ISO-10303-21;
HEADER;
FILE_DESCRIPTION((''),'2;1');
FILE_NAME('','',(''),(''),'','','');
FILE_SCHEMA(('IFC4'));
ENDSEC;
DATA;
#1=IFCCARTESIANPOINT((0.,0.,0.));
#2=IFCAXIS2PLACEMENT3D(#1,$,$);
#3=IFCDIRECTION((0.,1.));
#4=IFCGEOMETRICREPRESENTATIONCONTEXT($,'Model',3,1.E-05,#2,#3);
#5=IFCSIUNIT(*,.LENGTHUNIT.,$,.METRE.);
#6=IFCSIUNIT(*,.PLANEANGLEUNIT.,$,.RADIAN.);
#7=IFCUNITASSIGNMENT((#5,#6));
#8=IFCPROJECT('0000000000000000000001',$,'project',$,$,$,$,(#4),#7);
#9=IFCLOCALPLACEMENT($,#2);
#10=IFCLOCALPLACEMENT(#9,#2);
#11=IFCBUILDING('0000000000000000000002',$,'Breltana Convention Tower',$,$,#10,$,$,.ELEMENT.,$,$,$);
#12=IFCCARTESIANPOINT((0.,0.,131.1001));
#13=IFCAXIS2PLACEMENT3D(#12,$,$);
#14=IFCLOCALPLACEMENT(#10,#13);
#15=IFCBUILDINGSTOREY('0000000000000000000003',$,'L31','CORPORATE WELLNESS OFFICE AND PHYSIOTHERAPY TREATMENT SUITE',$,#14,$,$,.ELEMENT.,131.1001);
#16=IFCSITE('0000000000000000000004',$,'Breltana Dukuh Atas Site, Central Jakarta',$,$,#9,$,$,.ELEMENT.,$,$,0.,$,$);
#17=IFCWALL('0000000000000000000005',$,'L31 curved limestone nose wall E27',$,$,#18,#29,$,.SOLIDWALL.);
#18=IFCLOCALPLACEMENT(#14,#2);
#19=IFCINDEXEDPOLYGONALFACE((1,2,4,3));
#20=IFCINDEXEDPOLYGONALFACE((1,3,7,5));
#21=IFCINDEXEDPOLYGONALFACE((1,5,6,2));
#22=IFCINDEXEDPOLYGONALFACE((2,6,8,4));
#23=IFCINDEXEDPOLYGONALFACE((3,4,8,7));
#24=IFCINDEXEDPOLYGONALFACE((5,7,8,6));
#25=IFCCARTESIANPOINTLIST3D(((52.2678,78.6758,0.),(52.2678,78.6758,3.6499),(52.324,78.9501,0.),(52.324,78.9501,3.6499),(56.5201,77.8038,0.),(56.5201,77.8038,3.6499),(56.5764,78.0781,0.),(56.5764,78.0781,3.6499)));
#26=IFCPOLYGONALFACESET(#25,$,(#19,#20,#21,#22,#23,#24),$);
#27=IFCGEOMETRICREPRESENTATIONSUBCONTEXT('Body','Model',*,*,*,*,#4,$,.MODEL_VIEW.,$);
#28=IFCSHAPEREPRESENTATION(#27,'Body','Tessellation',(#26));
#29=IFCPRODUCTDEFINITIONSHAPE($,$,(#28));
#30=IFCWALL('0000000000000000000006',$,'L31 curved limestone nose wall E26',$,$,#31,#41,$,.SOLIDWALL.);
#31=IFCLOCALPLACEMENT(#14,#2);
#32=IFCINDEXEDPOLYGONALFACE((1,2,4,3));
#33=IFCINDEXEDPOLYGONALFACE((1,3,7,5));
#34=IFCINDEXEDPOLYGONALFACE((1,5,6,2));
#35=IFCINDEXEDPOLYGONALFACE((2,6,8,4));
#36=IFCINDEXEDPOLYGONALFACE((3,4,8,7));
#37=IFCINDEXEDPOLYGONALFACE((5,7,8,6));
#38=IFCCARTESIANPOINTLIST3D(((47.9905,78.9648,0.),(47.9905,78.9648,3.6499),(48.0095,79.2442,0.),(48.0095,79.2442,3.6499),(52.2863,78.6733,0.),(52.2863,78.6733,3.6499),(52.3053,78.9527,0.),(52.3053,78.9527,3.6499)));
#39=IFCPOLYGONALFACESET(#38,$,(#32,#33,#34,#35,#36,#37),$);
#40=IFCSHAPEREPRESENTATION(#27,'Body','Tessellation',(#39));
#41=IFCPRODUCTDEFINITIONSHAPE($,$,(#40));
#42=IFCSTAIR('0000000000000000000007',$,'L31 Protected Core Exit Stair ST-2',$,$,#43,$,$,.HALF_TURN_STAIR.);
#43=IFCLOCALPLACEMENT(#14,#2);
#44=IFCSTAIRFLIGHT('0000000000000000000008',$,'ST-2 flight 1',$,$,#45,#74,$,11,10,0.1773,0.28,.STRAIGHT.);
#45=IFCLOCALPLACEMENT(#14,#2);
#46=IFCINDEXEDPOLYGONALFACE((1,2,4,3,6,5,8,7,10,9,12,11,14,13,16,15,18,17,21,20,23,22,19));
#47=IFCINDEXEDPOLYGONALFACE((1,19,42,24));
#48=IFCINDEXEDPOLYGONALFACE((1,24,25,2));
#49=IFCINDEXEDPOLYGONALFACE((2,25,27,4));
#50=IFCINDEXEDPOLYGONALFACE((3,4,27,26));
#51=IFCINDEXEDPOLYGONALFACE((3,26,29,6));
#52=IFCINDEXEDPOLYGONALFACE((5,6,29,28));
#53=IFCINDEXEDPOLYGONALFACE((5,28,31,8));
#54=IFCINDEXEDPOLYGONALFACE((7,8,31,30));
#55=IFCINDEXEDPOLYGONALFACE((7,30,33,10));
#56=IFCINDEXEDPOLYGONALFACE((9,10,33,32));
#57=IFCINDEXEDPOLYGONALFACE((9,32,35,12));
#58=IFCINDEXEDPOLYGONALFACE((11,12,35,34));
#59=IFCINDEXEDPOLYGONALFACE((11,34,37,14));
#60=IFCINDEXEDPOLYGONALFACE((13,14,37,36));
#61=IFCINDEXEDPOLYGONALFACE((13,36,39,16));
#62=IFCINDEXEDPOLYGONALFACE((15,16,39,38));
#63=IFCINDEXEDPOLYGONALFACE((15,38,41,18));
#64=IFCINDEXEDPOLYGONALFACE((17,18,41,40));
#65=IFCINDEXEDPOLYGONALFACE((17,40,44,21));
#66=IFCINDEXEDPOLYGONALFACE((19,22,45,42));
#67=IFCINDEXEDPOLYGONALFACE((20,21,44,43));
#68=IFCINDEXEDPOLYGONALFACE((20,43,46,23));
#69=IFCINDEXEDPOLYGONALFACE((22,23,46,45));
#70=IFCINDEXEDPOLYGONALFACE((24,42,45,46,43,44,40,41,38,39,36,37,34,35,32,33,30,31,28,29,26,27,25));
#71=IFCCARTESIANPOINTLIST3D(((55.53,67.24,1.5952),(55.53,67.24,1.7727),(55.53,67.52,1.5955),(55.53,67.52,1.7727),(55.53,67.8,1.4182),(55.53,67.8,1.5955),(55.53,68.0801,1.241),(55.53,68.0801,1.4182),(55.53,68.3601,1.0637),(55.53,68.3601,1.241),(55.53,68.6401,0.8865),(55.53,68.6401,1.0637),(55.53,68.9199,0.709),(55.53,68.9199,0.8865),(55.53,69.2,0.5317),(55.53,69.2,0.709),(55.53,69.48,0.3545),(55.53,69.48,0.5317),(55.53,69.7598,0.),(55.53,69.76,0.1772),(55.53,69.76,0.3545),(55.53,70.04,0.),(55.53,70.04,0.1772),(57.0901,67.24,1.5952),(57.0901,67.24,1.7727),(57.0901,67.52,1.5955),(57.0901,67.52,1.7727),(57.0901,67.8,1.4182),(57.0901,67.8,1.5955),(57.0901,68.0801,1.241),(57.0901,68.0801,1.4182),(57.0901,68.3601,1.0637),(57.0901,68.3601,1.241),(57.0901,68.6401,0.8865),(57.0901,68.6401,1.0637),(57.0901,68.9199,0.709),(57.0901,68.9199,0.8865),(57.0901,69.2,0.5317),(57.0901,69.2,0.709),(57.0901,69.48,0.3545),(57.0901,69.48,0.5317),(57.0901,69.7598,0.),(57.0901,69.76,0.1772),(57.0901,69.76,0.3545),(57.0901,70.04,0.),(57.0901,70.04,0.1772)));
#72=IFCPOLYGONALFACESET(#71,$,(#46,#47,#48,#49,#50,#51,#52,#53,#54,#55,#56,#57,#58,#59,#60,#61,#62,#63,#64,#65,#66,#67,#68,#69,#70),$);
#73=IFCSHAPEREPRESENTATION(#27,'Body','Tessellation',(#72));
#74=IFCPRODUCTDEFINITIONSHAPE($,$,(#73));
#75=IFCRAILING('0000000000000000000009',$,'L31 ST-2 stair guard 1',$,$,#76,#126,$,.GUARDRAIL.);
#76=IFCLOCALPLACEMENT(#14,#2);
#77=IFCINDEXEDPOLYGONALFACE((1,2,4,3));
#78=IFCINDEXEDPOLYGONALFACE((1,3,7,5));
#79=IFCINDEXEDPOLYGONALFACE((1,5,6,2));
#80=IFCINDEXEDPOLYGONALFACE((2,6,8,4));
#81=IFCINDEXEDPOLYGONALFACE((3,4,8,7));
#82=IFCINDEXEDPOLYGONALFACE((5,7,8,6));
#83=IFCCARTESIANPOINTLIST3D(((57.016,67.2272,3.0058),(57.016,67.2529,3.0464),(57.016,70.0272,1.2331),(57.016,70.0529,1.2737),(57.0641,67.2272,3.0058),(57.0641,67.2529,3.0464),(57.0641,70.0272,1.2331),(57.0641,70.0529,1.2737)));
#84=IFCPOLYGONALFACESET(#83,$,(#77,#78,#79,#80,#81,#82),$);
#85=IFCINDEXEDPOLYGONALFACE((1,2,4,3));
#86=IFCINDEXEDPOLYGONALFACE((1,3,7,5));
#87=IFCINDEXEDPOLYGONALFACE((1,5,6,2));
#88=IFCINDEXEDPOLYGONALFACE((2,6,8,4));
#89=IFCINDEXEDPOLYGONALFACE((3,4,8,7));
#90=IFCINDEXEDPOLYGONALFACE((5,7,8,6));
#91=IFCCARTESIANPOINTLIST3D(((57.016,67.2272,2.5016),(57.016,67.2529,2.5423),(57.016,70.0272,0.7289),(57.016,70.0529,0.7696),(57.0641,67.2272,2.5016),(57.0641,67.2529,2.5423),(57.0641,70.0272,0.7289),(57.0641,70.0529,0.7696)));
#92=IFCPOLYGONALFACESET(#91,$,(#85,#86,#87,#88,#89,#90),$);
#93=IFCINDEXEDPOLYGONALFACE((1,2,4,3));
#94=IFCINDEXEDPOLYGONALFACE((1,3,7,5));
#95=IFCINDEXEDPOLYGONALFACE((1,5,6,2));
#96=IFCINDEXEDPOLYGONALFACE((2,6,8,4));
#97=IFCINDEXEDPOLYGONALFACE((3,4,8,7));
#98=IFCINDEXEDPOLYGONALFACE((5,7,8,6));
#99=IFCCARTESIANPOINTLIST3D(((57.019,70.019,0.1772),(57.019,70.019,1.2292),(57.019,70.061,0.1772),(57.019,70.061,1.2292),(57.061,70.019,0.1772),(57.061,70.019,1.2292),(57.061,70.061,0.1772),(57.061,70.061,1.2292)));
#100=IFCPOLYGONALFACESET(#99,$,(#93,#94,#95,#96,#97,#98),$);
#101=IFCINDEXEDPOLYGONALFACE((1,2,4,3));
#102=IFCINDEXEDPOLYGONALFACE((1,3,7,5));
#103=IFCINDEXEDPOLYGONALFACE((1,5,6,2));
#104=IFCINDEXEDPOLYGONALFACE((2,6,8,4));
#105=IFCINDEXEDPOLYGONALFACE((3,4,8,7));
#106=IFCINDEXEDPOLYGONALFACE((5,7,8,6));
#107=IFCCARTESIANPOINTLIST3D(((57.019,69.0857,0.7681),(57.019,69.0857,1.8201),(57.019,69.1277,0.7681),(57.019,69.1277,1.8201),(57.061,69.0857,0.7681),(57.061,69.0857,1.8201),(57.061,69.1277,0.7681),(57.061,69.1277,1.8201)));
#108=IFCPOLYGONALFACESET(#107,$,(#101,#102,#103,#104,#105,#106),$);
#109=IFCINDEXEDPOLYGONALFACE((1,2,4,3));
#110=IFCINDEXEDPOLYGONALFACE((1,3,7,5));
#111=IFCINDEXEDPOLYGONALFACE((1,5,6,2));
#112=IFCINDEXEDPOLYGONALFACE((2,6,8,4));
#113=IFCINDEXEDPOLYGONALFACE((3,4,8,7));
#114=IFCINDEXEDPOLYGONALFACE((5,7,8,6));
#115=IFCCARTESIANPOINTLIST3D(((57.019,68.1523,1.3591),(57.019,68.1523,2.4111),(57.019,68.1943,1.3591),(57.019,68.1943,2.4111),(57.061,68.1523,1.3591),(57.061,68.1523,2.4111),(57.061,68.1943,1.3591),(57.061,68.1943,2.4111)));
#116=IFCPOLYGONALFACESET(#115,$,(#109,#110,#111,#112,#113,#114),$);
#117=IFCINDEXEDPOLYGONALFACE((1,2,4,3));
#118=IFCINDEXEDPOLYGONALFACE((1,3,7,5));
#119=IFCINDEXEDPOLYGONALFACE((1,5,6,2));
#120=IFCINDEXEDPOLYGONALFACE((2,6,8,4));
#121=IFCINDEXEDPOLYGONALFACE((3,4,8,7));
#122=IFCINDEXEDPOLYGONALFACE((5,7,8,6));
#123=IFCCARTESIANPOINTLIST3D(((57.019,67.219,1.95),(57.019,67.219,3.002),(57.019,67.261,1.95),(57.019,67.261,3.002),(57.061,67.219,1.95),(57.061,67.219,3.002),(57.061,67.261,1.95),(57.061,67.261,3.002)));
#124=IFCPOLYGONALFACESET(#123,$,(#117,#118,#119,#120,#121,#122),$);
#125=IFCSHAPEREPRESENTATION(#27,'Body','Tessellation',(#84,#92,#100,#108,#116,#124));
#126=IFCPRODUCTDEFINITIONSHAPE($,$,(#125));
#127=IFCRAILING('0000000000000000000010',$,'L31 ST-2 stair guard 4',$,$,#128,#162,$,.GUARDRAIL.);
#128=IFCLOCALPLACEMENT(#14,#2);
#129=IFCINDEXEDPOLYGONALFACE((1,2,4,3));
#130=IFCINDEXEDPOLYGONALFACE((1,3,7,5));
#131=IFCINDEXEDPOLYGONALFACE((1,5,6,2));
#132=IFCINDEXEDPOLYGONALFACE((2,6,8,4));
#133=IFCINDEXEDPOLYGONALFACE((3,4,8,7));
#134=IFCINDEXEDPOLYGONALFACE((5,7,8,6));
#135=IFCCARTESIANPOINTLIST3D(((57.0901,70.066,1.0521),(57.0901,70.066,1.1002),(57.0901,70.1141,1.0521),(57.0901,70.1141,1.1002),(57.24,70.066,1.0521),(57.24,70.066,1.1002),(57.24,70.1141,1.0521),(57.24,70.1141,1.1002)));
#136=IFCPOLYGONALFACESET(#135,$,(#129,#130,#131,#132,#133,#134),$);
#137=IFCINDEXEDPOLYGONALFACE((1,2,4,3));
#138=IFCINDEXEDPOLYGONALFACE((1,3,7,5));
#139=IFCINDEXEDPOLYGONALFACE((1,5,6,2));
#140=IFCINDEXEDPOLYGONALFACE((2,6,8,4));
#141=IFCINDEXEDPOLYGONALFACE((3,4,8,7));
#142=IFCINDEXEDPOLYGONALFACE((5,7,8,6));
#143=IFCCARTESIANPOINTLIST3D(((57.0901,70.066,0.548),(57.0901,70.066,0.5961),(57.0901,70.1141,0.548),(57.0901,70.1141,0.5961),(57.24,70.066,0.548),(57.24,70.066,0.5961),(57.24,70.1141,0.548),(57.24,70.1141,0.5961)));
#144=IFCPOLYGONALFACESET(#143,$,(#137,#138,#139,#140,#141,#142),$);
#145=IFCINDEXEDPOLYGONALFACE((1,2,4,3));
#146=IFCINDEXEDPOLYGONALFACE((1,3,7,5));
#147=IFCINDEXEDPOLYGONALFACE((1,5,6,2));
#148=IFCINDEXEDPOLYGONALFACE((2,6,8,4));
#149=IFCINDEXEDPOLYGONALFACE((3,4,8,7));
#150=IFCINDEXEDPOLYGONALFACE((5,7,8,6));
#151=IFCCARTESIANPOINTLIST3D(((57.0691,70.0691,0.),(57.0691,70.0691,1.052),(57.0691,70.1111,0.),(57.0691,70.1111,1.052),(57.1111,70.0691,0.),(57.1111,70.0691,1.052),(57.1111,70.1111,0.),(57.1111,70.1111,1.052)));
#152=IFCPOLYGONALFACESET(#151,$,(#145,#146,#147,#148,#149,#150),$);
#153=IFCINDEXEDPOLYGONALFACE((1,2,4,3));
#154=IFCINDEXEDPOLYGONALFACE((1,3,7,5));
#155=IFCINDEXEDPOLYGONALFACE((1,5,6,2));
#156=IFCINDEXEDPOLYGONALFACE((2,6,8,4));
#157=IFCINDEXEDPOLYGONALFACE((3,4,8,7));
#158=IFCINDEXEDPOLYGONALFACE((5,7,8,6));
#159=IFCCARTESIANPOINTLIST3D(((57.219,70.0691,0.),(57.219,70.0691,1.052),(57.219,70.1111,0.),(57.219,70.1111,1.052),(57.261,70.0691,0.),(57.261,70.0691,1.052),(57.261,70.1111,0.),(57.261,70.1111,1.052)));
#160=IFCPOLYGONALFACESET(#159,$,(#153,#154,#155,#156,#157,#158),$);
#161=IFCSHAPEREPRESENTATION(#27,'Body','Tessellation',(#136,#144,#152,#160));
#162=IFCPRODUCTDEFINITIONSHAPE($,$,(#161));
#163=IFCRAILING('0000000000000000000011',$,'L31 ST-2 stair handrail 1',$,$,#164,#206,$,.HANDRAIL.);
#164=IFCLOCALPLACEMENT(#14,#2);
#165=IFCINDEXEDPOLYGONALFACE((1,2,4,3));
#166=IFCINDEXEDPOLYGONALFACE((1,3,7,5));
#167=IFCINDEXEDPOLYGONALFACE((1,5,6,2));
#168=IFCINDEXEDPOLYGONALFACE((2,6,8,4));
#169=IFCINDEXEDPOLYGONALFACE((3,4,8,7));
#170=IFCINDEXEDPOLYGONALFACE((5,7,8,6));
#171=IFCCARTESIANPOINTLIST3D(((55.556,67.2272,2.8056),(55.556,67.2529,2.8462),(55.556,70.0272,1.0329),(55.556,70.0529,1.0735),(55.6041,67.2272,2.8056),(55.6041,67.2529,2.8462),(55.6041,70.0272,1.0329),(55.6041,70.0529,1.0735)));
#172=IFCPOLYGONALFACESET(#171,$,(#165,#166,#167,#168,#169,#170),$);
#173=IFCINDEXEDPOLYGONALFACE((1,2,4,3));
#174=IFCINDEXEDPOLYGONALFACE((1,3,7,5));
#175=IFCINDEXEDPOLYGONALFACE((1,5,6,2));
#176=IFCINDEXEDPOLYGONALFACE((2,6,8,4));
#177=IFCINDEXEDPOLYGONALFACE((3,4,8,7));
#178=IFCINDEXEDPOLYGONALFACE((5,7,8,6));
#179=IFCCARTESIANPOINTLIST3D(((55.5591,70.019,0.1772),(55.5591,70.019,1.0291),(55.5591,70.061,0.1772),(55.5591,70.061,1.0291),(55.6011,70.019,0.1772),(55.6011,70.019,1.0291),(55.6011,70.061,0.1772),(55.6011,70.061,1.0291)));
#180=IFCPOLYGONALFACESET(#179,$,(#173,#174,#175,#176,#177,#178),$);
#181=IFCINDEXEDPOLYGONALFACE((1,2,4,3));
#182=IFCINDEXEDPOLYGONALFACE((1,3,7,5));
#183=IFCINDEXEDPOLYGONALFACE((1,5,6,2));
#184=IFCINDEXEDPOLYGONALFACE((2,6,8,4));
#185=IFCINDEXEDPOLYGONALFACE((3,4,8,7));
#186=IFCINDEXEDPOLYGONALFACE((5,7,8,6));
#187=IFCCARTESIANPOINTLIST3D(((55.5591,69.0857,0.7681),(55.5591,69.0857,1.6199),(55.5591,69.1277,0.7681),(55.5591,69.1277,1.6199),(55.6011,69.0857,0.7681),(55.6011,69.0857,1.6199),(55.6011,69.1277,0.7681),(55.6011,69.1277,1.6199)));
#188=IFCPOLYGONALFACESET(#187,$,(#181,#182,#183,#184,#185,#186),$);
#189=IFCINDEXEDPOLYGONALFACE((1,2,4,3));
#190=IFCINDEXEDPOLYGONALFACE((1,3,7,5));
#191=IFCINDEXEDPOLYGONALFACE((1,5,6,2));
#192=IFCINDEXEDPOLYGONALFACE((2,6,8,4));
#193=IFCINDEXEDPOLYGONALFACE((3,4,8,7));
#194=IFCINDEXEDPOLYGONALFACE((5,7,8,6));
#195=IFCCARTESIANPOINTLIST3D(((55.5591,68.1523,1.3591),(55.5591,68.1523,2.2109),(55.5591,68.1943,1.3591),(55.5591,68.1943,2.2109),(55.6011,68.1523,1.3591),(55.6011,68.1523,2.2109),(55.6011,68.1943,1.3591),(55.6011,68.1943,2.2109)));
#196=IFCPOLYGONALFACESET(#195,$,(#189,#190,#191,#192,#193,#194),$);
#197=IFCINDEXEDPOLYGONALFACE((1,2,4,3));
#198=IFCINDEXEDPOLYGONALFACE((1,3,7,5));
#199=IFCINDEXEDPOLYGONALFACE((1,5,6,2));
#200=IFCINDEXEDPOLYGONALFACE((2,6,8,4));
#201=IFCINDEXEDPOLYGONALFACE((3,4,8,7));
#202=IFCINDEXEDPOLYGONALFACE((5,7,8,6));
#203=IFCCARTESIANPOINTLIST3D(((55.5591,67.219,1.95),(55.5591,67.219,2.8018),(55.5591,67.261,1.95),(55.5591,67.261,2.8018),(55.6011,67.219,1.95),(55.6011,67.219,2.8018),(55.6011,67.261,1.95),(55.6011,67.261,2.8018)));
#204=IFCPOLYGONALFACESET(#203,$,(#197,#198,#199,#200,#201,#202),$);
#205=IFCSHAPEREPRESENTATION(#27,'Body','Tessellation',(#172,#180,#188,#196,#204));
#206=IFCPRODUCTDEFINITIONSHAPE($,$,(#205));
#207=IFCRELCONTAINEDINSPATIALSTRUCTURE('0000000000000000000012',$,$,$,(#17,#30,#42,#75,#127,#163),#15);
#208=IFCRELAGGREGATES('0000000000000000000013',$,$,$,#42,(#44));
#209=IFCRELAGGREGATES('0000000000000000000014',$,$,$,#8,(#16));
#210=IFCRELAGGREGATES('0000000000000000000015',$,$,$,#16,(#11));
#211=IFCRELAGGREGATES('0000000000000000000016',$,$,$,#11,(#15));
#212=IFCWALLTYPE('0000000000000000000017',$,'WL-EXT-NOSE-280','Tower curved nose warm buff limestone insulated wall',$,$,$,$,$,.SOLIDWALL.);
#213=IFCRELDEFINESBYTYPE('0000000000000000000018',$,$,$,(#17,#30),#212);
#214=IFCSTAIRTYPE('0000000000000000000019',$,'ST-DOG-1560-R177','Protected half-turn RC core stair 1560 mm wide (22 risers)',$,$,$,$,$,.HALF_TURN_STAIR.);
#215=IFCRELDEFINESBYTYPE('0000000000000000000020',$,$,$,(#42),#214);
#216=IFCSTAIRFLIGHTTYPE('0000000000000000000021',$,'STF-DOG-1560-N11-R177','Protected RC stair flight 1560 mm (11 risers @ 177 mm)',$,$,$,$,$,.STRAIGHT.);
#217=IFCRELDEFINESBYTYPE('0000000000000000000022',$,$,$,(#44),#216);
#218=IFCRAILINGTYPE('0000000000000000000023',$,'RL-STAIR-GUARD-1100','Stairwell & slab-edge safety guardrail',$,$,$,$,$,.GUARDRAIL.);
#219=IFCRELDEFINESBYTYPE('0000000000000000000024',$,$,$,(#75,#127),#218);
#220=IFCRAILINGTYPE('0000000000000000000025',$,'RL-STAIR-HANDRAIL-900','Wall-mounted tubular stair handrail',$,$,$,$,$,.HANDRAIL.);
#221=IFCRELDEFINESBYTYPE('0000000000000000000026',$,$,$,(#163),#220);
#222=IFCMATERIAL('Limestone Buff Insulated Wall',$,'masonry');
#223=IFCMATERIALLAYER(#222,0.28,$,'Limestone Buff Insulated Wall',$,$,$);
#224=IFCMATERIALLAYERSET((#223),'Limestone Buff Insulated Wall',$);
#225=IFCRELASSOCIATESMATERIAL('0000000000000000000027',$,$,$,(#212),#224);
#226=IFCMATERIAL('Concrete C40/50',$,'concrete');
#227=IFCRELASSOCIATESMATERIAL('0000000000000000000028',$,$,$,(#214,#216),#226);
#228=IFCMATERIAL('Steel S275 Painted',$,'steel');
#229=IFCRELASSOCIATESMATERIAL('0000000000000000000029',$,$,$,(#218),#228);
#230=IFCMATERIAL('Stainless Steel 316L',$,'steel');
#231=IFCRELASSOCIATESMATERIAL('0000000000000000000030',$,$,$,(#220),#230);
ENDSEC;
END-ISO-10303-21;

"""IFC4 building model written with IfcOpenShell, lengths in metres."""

from ifc_helpers import new_model, si_unit, direction, frame, frame_2d, origin, origin_2d, place, context, subcontext, project, spatial, polyline, rectangle, outline, extrude, source, transform, mapped, material, layer, layer_set, type_object, element, aggregate, save


model = new_model("IFC4")

# Units and contexts
model_context = context("Model", 3, precision=1e-05, world=origin(), true_north=direction((0.0, 1.0)))
body_context = subcontext(model_context, "Body", "Model", "MODEL_VIEW")
ifc_project = project(units=[si_unit("LENGTHUNIT", "METRE"), si_unit("PLANEANGLEUNIT", "RADIAN")], contexts=[model_context])

# Site, building, storey
site_placement = place(None, origin())
site = spatial("IfcSite", under=ifc_project, at=site_placement, Name="Breltana Dukuh Atas Site, Central Jakarta", CompositionType="ELEMENT", RefElevation=0.0)
building_placement = place(site_placement, origin())
building = spatial("IfcBuilding", under=site, at=building_placement, Name="Breltana Convention Tower", CompositionType="ELEMENT")
storey_placement = place(building_placement, frame((0.0, 0.0, 131.1001)))
storey = spatial("IfcBuildingStorey", under=building, at=storey_placement, Name="L31", Description="CORPORATE WELLNESS OFFICE AND PHYSIOTHERAPY TREATMENT SUITE", CompositionType="ELEMENT", Elevation=131.1001)

# Walls
ifc_material_1 = material(Name="Limestone Buff Insulated Wall", Category="masonry")
ifc_layer_1 = layer(ifc_material_1, 0.28, Name="Limestone Buff Insulated Wall")
ifc_layer_set_1 = layer_set([ifc_layer_1], Name="Limestone Buff Insulated Wall")
wall_type_1 = type_object("IfcWallType", Name="WL-EXT-NOSE-280", Description="Tower curved nose warm buff limestone insulated wall", PredefinedType="SOLIDWALL", material=ifc_layer_set_1)
shared_shape_1 = source(origin(), body_context, "Body", "SweptSolid", [
    extrude(rectangle(XDim=4.3408, YDim=0.28, at=frame_2d((2.1704, 0.0))), origin(), (0.0, 0.0, 1.0), 3.6499),
])
wall_1_placement = place(storey_placement, frame((52.2959, 78.813, 0.0), z_axis=(0.0, 0.0, 1.0), x_axis=(0.979613, -0.200894, 0.0)))
element("IfcWall", 1, at=wall_1_placement, inside=storey, type_object=wall_type_1, Name="L31 curved limestone nose wall E27", PredefinedType="SOLIDWALL", context=body_context, shape_type="MappedRepresentation", body=[
    mapped(shared_shape_1, transform((0.0, 0.0, 0.0), scale=1.0)),
])
shared_shape_2 = source(origin(), body_context, "Body", "SweptSolid", [
    extrude(rectangle(XDim=4.3057, YDim=0.28, at=frame_2d((2.1528, 0.0))), origin(), (0.0, 0.0, 1.0), 3.6499),
])
wall_2_placement = place(storey_placement, frame((48.0, 79.1045, 0.0), z_axis=(0.0, 0.0, 1.0), x_axis=(0.997706, -0.067701, 0.0)))
element("IfcWall", 2, at=wall_2_placement, inside=storey, type_object=wall_type_1, Name="L31 curved limestone nose wall E26", PredefinedType="SOLIDWALL", context=body_context, shape_type="MappedRepresentation", body=[
    mapped(shared_shape_2, transform((0.0, 0.0, 0.0), scale=1.0)),
])

# Stair, stair flight
ifc_material_2 = material(Name="Concrete C40/50", Category="concrete")
stair_type = type_object("IfcStairType", Name="ST-DOG-1560-R177", Description="Protected half-turn RC core stair 1560 mm wide (22 risers)", PredefinedType="HALF_TURN_STAIR", material=ifc_material_2)
stair_placement = place(storey_placement, origin())
stair = element("IfcStair", 3, at=stair_placement, inside=storey, type_object=stair_type, Name="L31 Protected Core Exit Stair ST-2", PredefinedType="HALF_TURN_STAIR")
stair_flight_type = type_object("IfcStairFlightType", Name="STF-DOG-1560-N11-R177", Description="Protected RC stair flight 1560 mm (11 risers @ 177 mm)", PredefinedType="STRAIGHT", material=ifc_material_2)
stair_flight_placement = place(storey_placement, frame((56.3101, 70.04, 0.0), z_axis=(0.0, 0.0, 1.0), x_axis=(0.0, -1.0, 0.0)))
stair_flight = element("IfcStairFlight", 4, at=stair_flight_placement, type_object=stair_flight_type, Name="ST-2 flight 1", NumberOfRisers=11, NumberOfTreads=10, PredefinedType="STRAIGHT", RiserHeight=0.1773, TreadLength=0.28, context=body_context, shape_type="SweptSolid", body=[
    extrude(outline(polyline([(0.0, 0.0), (0.0, 0.1772), (0.28, 0.1772), (0.28, 0.3545), (0.5601, 0.3545), (0.5601, 0.5317), (0.8401, 0.5317), (0.8401, 0.709), (1.1201, 0.709), (1.1201, 0.8865), (1.3999, 0.8865), (1.3999, 1.0637), (1.6799, 1.0637), (1.6799, 1.241), (1.96, 1.241), (1.96, 1.4182), (2.24, 1.4182), (2.24, 1.5955), (2.52, 1.5955), (2.52, 1.7727), (2.8, 1.7727), (2.8, 1.95), (2.8, 1.5952), (0.2803, 0.0), (0.0, 0.0)])), frame((0.0, 0.78, 0.0), z_axis=(0.0, -1.0, 0.0), x_axis=(1.0, 0.0, 0.0)), (0.0, 0.0, 1.0), 1.5601),
])
aggregate(stair, [stair_flight])

# Railings
ifc_material_3 = material(Name="Steel S275 Painted", Category="steel")
railing_type_1 = type_object("IfcRailingType", Name="RL-STAIR-GUARD-1100", Description="Stairwell & slab-edge safety guardrail", PredefinedType="GUARDRAIL", material=ifc_material_3)
railing_1_placement = place(storey_placement, frame((57.04, 70.04, 0.1772)))
element("IfcRailing", 5, at=railing_1_placement, inside=storey, type_object=railing_type_1, Name="L31 ST-2 stair guard 1", PredefinedType="GUARDRAIL", context=body_context, shape_type="SweptSolid", body=[
    extrude(rectangle(XDim=0.0481, YDim=0.0481, at=origin_2d()), frame((0.0, 0.0, 1.0762), z_axis=(0.0, -0.844909, 0.53491), x_axis=(1.0, 0.0, 0.0)), (0.0, 0.0, 1.0), 3.314),
    extrude(rectangle(XDim=0.0481, YDim=0.0481, at=origin_2d()), frame((0.0, 0.0, 0.572), z_axis=(0.0, -0.844909, 0.53491), x_axis=(1.0, 0.0, 0.0)), (0.0, 0.0, 1.0), 3.314),
    extrude(rectangle(XDim=0.042, YDim=0.042, at=origin_2d()), origin(), (0.0, 0.0, 1.0), 1.052),
    extrude(rectangle(XDim=0.042, YDim=0.042, at=origin_2d()), frame((0.0, -0.9333, 0.5908)), (0.0, 0.0, 1.0), 1.052),
    extrude(rectangle(XDim=0.042, YDim=0.042, at=origin_2d()), frame((0.0, -1.8667, 1.1819)), (0.0, 0.0, 1.0), 1.052),
    extrude(rectangle(XDim=0.042, YDim=0.042, at=origin_2d()), frame((0.0, -2.8, 1.7727)), (0.0, 0.0, 1.0), 1.052),
])
railing_2_placement = place(storey_placement, frame((57.0901, 70.0901, 0.0)))
element("IfcRailing", 6, at=railing_2_placement, inside=storey, type_object=railing_type_1, Name="L31 ST-2 stair guard 4", PredefinedType="GUARDRAIL", context=body_context, shape_type="SweptSolid", body=[
    extrude(rectangle(XDim=0.0481, YDim=0.0481, at=origin_2d()), frame((0.0, 0.0, 1.0762), z_axis=(1.0, 0.0, 0.0), x_axis=(0.0, 1.0, 0.0)), (0.0, 0.0, 1.0), 0.1499),
    extrude(rectangle(XDim=0.0481, YDim=0.0481, at=origin_2d()), frame((0.0, 0.0, 0.572), z_axis=(1.0, 0.0, 0.0), x_axis=(0.0, 1.0, 0.0)), (0.0, 0.0, 1.0), 0.1499),
    extrude(rectangle(XDim=0.042, YDim=0.042, at=origin_2d()), origin(), (0.0, 0.0, 1.0), 1.052),
    extrude(rectangle(XDim=0.042, YDim=0.042, at=origin_2d()), frame((0.1499, 0.0, 0.0)), (0.0, 0.0, 1.0), 1.052),
])
ifc_material_4 = material(Name="Stainless Steel 316L", Category="steel")
railing_type_2 = type_object("IfcRailingType", Name="RL-STAIR-HANDRAIL-900", Description="Wall-mounted tubular stair handrail", PredefinedType="HANDRAIL", material=ifc_material_4)
railing_3_placement = place(storey_placement, frame((55.5801, 70.04, 0.1772)))
element("IfcRailing", 7, at=railing_3_placement, inside=storey, type_object=railing_type_2, Name="L31 ST-2 stair handrail 1", PredefinedType="HANDRAIL", context=body_context, shape_type="SweptSolid", body=[
    extrude(rectangle(XDim=0.0481, YDim=0.0481, at=origin_2d()), frame((0.0, 0.0, 0.876), z_axis=(0.0, -0.844909, 0.53491), x_axis=(1.0, 0.0, 0.0)), (0.0, 0.0, 1.0), 3.314),
    extrude(rectangle(XDim=0.042, YDim=0.042, at=origin_2d()), origin(), (0.0, 0.0, 1.0), 0.8518),
    extrude(rectangle(XDim=0.042, YDim=0.042, at=origin_2d()), frame((0.0, -0.9333, 0.5908)), (0.0, 0.0, 1.0), 0.8518),
    extrude(rectangle(XDim=0.042, YDim=0.042, at=origin_2d()), frame((0.0, -1.8667, 1.1819)), (0.0, 0.0, 1.0), 0.8518),
    extrude(rectangle(XDim=0.042, YDim=0.042, at=origin_2d()), frame((0.0, -2.8, 1.7727)), (0.0, 0.0, 1.0), 0.8518),
])

save(model, "model.ifc")
